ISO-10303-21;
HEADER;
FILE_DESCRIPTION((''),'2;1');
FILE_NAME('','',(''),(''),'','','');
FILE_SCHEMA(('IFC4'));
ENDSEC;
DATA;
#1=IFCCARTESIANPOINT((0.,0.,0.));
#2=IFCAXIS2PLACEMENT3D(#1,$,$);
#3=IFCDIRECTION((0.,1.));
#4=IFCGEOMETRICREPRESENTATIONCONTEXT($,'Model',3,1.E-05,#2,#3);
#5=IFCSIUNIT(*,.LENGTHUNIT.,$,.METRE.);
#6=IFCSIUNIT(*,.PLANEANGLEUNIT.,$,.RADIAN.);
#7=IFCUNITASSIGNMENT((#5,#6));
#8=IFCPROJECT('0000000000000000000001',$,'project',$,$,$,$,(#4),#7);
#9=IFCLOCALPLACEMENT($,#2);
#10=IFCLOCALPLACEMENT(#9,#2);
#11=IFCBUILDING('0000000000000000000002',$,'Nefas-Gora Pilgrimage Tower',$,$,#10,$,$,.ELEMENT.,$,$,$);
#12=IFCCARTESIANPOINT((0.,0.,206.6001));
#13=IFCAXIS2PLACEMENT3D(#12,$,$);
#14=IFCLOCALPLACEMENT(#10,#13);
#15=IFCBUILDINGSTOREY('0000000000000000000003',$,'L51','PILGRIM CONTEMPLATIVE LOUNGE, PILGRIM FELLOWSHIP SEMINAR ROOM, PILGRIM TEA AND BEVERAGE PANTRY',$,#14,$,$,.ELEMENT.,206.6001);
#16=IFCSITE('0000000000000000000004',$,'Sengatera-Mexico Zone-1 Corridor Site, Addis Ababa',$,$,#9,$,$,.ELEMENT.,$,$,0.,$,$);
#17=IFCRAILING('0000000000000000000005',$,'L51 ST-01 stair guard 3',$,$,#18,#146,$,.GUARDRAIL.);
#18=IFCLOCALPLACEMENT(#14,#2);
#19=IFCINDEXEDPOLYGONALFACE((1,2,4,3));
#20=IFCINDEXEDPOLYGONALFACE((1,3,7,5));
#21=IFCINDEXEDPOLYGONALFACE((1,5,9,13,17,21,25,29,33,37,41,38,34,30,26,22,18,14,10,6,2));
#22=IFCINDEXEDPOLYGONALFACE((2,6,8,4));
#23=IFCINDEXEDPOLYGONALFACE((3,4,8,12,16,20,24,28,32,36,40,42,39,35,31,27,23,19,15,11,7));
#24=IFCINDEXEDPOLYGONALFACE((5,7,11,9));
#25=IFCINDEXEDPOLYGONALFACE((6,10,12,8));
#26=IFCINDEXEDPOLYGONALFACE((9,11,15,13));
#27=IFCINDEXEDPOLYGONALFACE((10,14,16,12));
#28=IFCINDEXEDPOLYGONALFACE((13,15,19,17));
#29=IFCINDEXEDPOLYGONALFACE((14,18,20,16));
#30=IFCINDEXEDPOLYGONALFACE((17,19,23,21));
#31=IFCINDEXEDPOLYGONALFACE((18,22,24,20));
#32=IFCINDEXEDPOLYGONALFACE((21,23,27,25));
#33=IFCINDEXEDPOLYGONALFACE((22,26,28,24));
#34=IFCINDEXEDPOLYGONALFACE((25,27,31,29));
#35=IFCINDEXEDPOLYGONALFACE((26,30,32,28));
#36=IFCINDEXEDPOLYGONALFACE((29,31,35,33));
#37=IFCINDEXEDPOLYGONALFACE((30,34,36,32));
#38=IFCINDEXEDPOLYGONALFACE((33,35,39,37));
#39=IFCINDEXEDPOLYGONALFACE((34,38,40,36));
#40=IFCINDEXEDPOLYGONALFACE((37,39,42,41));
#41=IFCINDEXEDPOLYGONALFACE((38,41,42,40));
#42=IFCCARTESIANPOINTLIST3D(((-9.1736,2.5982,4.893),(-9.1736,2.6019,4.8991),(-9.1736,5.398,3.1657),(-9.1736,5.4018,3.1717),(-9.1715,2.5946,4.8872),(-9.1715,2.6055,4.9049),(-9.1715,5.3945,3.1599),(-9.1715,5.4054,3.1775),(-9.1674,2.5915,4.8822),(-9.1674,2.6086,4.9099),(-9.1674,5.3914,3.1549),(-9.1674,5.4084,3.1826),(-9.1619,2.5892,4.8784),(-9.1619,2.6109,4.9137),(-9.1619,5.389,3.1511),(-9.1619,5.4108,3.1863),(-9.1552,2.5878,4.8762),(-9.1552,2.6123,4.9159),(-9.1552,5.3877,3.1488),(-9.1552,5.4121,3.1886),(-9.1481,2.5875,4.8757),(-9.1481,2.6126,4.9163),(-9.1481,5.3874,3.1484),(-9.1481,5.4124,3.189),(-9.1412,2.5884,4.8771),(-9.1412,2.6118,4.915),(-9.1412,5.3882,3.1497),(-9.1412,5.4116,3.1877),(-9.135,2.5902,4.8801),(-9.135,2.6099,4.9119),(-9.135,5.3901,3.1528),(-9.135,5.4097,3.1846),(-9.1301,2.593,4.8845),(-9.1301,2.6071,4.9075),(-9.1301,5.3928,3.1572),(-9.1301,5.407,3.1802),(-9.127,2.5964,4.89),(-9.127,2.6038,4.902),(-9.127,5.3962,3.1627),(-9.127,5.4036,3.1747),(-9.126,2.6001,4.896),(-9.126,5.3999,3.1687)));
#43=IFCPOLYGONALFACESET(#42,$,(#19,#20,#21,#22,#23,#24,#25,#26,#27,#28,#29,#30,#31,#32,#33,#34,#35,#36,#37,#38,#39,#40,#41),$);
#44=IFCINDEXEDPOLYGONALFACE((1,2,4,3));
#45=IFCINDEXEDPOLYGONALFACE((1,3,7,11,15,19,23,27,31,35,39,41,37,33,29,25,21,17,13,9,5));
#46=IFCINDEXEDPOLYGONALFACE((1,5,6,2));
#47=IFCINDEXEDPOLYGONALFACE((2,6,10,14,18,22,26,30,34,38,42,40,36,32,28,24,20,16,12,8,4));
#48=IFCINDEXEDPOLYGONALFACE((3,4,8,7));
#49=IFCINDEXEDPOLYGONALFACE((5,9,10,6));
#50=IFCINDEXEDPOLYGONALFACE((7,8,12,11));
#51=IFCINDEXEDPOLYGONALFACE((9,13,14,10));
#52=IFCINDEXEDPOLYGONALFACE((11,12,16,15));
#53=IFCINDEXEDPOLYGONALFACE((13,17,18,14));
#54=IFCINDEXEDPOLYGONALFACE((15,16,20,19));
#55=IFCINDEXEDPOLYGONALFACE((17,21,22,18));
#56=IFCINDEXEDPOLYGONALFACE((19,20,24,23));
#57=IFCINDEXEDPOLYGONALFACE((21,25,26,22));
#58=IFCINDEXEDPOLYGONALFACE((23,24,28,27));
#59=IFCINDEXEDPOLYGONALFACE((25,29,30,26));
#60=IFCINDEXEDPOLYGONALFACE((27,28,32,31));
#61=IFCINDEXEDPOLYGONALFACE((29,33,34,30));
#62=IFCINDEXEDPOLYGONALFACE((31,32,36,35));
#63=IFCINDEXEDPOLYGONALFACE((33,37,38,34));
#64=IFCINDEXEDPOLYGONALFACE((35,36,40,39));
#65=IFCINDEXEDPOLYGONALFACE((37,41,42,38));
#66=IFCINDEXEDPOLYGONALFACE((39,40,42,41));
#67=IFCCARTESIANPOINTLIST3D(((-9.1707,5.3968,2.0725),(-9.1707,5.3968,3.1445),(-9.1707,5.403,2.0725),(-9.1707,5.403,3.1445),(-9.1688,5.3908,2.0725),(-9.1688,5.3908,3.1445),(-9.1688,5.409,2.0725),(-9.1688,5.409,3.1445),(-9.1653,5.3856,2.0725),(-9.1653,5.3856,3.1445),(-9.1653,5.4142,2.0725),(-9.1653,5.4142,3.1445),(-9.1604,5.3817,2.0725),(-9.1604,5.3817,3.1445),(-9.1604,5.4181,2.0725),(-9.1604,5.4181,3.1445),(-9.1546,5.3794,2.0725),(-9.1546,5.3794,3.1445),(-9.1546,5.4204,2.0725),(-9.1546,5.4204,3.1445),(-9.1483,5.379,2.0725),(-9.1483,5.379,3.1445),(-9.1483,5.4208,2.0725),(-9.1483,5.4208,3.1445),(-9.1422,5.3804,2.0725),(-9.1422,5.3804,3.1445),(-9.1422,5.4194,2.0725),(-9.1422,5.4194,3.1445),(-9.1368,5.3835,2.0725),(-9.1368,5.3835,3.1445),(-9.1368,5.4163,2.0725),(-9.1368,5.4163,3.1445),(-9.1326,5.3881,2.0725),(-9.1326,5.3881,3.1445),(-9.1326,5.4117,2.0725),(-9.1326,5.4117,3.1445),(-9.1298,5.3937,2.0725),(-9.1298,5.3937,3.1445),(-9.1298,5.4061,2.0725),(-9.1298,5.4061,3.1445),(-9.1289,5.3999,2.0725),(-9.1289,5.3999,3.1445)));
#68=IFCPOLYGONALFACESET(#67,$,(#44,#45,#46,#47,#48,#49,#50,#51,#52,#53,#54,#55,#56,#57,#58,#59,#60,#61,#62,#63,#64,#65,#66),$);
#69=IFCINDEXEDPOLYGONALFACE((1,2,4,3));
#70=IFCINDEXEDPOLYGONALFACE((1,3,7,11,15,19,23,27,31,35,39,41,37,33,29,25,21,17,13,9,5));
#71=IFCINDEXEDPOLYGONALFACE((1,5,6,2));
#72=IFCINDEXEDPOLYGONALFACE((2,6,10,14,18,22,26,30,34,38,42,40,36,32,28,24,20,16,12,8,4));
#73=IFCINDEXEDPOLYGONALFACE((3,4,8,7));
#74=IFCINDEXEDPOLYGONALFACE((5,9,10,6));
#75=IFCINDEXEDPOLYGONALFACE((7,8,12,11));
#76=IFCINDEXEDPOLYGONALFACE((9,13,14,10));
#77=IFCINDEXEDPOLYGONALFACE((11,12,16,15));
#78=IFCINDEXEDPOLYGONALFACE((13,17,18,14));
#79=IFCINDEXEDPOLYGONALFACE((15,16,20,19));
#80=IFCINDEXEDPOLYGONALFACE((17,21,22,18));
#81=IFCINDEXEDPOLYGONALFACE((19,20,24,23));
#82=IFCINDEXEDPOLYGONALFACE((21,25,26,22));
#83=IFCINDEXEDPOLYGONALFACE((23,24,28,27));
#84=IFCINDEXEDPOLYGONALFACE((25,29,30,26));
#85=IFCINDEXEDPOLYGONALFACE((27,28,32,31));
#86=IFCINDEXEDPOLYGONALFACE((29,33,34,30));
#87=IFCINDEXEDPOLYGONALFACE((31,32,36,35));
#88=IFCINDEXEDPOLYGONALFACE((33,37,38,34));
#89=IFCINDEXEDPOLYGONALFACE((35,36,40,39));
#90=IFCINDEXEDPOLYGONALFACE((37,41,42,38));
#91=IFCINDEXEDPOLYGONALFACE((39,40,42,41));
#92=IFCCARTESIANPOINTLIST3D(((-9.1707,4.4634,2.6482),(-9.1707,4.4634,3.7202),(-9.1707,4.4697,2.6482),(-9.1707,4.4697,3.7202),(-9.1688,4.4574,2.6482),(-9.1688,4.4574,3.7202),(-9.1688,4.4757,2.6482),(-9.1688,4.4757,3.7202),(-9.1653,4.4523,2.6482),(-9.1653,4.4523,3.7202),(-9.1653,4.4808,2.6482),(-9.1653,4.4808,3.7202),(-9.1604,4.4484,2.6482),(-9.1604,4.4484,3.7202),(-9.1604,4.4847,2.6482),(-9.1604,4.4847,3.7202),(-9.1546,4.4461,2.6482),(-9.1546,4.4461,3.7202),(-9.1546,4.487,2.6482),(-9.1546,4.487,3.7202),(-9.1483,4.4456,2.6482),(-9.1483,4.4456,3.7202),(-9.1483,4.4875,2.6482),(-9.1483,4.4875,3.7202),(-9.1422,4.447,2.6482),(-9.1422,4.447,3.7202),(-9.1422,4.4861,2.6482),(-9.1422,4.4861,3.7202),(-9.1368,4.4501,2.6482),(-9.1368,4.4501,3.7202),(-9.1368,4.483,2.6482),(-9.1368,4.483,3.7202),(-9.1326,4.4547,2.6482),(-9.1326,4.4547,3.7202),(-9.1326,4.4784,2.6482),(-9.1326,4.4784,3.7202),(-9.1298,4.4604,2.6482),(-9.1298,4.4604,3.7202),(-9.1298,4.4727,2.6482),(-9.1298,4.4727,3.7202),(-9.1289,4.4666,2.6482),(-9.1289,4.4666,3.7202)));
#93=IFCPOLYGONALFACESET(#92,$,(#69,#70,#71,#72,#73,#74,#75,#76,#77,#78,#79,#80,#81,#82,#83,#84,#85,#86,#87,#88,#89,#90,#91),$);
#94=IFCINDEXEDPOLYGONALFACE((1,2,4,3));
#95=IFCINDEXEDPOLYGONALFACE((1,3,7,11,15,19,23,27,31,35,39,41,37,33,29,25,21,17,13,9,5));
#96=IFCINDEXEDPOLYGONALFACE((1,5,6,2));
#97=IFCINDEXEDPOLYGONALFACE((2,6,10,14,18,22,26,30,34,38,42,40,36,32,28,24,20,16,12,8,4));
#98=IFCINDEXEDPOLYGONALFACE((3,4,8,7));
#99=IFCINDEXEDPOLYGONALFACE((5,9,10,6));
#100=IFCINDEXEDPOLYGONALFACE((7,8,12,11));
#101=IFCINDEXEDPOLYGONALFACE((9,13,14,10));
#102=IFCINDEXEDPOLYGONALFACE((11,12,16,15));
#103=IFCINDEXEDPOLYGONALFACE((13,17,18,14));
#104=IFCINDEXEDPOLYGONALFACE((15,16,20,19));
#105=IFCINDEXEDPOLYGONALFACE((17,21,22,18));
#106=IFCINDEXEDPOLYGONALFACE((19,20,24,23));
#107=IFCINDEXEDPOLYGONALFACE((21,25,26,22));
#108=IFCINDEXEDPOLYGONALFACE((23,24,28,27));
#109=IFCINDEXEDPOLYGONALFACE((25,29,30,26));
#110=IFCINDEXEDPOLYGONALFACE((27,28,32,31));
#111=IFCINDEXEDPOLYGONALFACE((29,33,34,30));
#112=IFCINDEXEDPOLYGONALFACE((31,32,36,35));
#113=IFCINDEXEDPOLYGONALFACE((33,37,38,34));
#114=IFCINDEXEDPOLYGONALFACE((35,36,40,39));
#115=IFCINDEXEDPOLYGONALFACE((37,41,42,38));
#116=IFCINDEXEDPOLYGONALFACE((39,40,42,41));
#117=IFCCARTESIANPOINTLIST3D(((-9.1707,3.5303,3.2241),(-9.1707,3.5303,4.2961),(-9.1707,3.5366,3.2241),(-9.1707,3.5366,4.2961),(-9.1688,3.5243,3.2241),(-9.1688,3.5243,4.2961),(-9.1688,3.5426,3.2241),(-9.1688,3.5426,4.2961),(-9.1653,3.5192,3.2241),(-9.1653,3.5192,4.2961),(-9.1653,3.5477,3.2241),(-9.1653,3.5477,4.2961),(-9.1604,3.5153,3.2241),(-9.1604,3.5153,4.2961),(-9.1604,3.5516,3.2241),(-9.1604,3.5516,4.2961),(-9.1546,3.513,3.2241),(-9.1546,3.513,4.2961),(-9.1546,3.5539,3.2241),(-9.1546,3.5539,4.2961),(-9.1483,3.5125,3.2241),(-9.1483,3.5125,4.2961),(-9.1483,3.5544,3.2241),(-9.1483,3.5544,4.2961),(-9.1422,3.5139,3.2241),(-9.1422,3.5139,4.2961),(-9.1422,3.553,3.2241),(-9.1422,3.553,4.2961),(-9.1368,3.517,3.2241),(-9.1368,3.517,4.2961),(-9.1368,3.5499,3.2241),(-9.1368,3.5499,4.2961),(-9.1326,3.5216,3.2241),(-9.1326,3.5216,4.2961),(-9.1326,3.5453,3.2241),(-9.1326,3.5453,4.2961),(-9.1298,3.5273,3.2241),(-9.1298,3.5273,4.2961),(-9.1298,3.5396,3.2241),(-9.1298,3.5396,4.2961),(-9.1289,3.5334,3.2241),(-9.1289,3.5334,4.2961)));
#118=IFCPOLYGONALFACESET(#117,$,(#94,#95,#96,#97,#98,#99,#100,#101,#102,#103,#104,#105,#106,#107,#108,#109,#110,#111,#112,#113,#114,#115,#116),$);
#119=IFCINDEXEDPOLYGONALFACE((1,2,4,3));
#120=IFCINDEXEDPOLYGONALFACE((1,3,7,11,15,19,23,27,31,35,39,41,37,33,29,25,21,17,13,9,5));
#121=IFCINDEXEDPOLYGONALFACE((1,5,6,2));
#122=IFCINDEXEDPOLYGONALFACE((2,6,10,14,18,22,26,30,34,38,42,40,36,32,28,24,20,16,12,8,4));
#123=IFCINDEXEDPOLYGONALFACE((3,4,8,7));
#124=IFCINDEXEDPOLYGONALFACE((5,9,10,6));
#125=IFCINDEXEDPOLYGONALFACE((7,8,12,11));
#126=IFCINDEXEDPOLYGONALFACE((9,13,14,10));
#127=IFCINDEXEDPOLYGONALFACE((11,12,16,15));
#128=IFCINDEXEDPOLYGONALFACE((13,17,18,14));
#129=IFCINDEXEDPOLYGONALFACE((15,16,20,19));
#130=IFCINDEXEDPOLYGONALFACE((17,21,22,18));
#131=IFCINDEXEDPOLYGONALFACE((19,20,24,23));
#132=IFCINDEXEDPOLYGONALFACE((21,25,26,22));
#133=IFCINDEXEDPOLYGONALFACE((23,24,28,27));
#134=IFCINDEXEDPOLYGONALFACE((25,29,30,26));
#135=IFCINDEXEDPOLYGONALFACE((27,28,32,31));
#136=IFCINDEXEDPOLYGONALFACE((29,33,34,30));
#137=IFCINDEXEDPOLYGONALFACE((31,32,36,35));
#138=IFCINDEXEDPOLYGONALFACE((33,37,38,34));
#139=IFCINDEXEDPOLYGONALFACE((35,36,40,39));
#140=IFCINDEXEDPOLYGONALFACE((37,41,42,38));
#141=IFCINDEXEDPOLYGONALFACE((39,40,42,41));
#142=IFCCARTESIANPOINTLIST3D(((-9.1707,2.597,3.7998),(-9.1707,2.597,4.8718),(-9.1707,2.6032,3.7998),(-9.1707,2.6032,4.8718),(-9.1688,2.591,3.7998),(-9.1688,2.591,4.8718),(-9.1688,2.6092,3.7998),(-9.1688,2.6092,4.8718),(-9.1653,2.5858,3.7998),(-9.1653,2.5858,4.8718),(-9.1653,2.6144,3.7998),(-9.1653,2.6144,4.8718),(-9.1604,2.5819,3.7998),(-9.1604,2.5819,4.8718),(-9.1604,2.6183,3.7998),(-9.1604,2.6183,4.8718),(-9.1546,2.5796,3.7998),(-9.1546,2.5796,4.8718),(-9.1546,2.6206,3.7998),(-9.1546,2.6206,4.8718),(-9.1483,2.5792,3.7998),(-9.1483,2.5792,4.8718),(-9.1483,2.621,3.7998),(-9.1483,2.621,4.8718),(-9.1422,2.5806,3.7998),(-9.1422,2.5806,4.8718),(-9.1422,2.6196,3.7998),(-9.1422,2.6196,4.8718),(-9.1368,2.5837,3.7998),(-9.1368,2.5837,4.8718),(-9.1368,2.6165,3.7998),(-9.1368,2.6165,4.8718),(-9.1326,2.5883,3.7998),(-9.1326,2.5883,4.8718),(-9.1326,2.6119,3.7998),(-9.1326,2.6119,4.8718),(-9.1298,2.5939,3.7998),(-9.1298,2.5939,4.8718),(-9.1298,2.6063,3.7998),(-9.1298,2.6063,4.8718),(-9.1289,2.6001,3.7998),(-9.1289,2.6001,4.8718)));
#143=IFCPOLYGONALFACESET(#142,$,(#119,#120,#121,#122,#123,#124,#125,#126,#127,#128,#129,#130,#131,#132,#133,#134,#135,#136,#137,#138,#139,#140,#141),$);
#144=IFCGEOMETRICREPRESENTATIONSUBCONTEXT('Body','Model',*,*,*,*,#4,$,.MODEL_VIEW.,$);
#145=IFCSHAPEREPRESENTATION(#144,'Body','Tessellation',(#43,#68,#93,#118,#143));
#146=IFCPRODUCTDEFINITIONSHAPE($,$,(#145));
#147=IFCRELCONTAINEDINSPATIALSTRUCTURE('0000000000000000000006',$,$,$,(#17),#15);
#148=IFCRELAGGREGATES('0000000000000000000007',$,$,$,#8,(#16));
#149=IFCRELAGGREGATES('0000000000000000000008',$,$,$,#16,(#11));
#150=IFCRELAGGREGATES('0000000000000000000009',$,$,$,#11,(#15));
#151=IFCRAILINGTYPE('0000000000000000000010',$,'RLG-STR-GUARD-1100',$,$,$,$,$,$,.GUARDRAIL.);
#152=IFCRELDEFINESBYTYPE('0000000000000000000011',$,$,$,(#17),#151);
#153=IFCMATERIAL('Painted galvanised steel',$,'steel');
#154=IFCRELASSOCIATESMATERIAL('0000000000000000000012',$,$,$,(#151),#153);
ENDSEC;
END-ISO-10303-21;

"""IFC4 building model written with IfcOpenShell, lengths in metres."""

from ifc_helpers import new_model, si_unit, direction, frame, origin, origin_2d, place, context, subcontext, project, spatial, circle, extrude, material, type_object, element, save


model = new_model("IFC4")

# Units and contexts
model_context = context("Model", 3, precision=1e-05, world=origin(), true_north=direction((0.0, 1.0)))
body_context = subcontext(model_context, "Body", "Model", "MODEL_VIEW")
ifc_project = project(units=[si_unit("LENGTHUNIT", "METRE"), si_unit("PLANEANGLEUNIT", "RADIAN")], contexts=[model_context])

# Site, building, storey
site_placement = place(None, origin())
site = spatial("IfcSite", under=ifc_project, at=site_placement, Name="Sengatera-Mexico Zone-1 Corridor Site, Addis Ababa", CompositionType="ELEMENT", RefElevation=0.0)
building_placement = place(site_placement, origin())
building = spatial("IfcBuilding", under=site, at=building_placement, Name="Nefas-Gora Pilgrimage Tower", CompositionType="ELEMENT")
storey_placement = place(building_placement, frame((0.0, 0.0, 206.6001)))
storey = spatial("IfcBuildingStorey", under=building, at=storey_placement, Name="L51", Description="PILGRIM CONTEMPLATIVE LOUNGE, PILGRIM FELLOWSHIP SEMINAR ROOM, PILGRIM TEA AND BEVERAGE PANTRY", CompositionType="ELEMENT", Elevation=206.6001)

# Railing
ifc_material_1 = material(Name="Painted galvanised steel", Category="steel")
railing_type_1 = type_object("IfcRailingType", Name="RLG-STR-GUARD-1100", PredefinedType="GUARDRAIL", material=ifc_material_1)
railing_1_placement = place(storey_placement, frame((-9.1499, 5.3999, 2.0725)))
element("IfcRailing", 1, at=railing_1_placement, inside=storey, type_object=railing_type_1, Name="L51 ST-01 stair guard 3", PredefinedType="GUARDRAIL", context=body_context, shape_type="SweptSolid", body=[
    extrude(circle(Radius=0.0239, at=origin_2d()), frame((0.0, 0.0, 1.0962), z_axis=(0.0, -0.851069, 0.525054), x_axis=(1.0, 0.0, 0.0)), (0.0, 0.0, 1.0), 3.2898),
    extrude(circle(Radius=0.021, at=origin_2d()), origin(), (0.0, 0.0, 1.0), 1.072),
    extrude(circle(Radius=0.021, at=origin_2d()), frame((0.0, -0.9333, 0.5757)), (0.0, 0.0, 1.0), 1.072),
    extrude(circle(Radius=0.021, at=origin_2d()), frame((0.0, -1.8665, 1.1516)), (0.0, 0.0, 1.0), 1.072),
    extrude(circle(Radius=0.021, at=origin_2d()), frame((0.0, -2.7998, 1.7273)), (0.0, 0.0, 1.0), 1.072),
])

save(model, "model.ifc")
